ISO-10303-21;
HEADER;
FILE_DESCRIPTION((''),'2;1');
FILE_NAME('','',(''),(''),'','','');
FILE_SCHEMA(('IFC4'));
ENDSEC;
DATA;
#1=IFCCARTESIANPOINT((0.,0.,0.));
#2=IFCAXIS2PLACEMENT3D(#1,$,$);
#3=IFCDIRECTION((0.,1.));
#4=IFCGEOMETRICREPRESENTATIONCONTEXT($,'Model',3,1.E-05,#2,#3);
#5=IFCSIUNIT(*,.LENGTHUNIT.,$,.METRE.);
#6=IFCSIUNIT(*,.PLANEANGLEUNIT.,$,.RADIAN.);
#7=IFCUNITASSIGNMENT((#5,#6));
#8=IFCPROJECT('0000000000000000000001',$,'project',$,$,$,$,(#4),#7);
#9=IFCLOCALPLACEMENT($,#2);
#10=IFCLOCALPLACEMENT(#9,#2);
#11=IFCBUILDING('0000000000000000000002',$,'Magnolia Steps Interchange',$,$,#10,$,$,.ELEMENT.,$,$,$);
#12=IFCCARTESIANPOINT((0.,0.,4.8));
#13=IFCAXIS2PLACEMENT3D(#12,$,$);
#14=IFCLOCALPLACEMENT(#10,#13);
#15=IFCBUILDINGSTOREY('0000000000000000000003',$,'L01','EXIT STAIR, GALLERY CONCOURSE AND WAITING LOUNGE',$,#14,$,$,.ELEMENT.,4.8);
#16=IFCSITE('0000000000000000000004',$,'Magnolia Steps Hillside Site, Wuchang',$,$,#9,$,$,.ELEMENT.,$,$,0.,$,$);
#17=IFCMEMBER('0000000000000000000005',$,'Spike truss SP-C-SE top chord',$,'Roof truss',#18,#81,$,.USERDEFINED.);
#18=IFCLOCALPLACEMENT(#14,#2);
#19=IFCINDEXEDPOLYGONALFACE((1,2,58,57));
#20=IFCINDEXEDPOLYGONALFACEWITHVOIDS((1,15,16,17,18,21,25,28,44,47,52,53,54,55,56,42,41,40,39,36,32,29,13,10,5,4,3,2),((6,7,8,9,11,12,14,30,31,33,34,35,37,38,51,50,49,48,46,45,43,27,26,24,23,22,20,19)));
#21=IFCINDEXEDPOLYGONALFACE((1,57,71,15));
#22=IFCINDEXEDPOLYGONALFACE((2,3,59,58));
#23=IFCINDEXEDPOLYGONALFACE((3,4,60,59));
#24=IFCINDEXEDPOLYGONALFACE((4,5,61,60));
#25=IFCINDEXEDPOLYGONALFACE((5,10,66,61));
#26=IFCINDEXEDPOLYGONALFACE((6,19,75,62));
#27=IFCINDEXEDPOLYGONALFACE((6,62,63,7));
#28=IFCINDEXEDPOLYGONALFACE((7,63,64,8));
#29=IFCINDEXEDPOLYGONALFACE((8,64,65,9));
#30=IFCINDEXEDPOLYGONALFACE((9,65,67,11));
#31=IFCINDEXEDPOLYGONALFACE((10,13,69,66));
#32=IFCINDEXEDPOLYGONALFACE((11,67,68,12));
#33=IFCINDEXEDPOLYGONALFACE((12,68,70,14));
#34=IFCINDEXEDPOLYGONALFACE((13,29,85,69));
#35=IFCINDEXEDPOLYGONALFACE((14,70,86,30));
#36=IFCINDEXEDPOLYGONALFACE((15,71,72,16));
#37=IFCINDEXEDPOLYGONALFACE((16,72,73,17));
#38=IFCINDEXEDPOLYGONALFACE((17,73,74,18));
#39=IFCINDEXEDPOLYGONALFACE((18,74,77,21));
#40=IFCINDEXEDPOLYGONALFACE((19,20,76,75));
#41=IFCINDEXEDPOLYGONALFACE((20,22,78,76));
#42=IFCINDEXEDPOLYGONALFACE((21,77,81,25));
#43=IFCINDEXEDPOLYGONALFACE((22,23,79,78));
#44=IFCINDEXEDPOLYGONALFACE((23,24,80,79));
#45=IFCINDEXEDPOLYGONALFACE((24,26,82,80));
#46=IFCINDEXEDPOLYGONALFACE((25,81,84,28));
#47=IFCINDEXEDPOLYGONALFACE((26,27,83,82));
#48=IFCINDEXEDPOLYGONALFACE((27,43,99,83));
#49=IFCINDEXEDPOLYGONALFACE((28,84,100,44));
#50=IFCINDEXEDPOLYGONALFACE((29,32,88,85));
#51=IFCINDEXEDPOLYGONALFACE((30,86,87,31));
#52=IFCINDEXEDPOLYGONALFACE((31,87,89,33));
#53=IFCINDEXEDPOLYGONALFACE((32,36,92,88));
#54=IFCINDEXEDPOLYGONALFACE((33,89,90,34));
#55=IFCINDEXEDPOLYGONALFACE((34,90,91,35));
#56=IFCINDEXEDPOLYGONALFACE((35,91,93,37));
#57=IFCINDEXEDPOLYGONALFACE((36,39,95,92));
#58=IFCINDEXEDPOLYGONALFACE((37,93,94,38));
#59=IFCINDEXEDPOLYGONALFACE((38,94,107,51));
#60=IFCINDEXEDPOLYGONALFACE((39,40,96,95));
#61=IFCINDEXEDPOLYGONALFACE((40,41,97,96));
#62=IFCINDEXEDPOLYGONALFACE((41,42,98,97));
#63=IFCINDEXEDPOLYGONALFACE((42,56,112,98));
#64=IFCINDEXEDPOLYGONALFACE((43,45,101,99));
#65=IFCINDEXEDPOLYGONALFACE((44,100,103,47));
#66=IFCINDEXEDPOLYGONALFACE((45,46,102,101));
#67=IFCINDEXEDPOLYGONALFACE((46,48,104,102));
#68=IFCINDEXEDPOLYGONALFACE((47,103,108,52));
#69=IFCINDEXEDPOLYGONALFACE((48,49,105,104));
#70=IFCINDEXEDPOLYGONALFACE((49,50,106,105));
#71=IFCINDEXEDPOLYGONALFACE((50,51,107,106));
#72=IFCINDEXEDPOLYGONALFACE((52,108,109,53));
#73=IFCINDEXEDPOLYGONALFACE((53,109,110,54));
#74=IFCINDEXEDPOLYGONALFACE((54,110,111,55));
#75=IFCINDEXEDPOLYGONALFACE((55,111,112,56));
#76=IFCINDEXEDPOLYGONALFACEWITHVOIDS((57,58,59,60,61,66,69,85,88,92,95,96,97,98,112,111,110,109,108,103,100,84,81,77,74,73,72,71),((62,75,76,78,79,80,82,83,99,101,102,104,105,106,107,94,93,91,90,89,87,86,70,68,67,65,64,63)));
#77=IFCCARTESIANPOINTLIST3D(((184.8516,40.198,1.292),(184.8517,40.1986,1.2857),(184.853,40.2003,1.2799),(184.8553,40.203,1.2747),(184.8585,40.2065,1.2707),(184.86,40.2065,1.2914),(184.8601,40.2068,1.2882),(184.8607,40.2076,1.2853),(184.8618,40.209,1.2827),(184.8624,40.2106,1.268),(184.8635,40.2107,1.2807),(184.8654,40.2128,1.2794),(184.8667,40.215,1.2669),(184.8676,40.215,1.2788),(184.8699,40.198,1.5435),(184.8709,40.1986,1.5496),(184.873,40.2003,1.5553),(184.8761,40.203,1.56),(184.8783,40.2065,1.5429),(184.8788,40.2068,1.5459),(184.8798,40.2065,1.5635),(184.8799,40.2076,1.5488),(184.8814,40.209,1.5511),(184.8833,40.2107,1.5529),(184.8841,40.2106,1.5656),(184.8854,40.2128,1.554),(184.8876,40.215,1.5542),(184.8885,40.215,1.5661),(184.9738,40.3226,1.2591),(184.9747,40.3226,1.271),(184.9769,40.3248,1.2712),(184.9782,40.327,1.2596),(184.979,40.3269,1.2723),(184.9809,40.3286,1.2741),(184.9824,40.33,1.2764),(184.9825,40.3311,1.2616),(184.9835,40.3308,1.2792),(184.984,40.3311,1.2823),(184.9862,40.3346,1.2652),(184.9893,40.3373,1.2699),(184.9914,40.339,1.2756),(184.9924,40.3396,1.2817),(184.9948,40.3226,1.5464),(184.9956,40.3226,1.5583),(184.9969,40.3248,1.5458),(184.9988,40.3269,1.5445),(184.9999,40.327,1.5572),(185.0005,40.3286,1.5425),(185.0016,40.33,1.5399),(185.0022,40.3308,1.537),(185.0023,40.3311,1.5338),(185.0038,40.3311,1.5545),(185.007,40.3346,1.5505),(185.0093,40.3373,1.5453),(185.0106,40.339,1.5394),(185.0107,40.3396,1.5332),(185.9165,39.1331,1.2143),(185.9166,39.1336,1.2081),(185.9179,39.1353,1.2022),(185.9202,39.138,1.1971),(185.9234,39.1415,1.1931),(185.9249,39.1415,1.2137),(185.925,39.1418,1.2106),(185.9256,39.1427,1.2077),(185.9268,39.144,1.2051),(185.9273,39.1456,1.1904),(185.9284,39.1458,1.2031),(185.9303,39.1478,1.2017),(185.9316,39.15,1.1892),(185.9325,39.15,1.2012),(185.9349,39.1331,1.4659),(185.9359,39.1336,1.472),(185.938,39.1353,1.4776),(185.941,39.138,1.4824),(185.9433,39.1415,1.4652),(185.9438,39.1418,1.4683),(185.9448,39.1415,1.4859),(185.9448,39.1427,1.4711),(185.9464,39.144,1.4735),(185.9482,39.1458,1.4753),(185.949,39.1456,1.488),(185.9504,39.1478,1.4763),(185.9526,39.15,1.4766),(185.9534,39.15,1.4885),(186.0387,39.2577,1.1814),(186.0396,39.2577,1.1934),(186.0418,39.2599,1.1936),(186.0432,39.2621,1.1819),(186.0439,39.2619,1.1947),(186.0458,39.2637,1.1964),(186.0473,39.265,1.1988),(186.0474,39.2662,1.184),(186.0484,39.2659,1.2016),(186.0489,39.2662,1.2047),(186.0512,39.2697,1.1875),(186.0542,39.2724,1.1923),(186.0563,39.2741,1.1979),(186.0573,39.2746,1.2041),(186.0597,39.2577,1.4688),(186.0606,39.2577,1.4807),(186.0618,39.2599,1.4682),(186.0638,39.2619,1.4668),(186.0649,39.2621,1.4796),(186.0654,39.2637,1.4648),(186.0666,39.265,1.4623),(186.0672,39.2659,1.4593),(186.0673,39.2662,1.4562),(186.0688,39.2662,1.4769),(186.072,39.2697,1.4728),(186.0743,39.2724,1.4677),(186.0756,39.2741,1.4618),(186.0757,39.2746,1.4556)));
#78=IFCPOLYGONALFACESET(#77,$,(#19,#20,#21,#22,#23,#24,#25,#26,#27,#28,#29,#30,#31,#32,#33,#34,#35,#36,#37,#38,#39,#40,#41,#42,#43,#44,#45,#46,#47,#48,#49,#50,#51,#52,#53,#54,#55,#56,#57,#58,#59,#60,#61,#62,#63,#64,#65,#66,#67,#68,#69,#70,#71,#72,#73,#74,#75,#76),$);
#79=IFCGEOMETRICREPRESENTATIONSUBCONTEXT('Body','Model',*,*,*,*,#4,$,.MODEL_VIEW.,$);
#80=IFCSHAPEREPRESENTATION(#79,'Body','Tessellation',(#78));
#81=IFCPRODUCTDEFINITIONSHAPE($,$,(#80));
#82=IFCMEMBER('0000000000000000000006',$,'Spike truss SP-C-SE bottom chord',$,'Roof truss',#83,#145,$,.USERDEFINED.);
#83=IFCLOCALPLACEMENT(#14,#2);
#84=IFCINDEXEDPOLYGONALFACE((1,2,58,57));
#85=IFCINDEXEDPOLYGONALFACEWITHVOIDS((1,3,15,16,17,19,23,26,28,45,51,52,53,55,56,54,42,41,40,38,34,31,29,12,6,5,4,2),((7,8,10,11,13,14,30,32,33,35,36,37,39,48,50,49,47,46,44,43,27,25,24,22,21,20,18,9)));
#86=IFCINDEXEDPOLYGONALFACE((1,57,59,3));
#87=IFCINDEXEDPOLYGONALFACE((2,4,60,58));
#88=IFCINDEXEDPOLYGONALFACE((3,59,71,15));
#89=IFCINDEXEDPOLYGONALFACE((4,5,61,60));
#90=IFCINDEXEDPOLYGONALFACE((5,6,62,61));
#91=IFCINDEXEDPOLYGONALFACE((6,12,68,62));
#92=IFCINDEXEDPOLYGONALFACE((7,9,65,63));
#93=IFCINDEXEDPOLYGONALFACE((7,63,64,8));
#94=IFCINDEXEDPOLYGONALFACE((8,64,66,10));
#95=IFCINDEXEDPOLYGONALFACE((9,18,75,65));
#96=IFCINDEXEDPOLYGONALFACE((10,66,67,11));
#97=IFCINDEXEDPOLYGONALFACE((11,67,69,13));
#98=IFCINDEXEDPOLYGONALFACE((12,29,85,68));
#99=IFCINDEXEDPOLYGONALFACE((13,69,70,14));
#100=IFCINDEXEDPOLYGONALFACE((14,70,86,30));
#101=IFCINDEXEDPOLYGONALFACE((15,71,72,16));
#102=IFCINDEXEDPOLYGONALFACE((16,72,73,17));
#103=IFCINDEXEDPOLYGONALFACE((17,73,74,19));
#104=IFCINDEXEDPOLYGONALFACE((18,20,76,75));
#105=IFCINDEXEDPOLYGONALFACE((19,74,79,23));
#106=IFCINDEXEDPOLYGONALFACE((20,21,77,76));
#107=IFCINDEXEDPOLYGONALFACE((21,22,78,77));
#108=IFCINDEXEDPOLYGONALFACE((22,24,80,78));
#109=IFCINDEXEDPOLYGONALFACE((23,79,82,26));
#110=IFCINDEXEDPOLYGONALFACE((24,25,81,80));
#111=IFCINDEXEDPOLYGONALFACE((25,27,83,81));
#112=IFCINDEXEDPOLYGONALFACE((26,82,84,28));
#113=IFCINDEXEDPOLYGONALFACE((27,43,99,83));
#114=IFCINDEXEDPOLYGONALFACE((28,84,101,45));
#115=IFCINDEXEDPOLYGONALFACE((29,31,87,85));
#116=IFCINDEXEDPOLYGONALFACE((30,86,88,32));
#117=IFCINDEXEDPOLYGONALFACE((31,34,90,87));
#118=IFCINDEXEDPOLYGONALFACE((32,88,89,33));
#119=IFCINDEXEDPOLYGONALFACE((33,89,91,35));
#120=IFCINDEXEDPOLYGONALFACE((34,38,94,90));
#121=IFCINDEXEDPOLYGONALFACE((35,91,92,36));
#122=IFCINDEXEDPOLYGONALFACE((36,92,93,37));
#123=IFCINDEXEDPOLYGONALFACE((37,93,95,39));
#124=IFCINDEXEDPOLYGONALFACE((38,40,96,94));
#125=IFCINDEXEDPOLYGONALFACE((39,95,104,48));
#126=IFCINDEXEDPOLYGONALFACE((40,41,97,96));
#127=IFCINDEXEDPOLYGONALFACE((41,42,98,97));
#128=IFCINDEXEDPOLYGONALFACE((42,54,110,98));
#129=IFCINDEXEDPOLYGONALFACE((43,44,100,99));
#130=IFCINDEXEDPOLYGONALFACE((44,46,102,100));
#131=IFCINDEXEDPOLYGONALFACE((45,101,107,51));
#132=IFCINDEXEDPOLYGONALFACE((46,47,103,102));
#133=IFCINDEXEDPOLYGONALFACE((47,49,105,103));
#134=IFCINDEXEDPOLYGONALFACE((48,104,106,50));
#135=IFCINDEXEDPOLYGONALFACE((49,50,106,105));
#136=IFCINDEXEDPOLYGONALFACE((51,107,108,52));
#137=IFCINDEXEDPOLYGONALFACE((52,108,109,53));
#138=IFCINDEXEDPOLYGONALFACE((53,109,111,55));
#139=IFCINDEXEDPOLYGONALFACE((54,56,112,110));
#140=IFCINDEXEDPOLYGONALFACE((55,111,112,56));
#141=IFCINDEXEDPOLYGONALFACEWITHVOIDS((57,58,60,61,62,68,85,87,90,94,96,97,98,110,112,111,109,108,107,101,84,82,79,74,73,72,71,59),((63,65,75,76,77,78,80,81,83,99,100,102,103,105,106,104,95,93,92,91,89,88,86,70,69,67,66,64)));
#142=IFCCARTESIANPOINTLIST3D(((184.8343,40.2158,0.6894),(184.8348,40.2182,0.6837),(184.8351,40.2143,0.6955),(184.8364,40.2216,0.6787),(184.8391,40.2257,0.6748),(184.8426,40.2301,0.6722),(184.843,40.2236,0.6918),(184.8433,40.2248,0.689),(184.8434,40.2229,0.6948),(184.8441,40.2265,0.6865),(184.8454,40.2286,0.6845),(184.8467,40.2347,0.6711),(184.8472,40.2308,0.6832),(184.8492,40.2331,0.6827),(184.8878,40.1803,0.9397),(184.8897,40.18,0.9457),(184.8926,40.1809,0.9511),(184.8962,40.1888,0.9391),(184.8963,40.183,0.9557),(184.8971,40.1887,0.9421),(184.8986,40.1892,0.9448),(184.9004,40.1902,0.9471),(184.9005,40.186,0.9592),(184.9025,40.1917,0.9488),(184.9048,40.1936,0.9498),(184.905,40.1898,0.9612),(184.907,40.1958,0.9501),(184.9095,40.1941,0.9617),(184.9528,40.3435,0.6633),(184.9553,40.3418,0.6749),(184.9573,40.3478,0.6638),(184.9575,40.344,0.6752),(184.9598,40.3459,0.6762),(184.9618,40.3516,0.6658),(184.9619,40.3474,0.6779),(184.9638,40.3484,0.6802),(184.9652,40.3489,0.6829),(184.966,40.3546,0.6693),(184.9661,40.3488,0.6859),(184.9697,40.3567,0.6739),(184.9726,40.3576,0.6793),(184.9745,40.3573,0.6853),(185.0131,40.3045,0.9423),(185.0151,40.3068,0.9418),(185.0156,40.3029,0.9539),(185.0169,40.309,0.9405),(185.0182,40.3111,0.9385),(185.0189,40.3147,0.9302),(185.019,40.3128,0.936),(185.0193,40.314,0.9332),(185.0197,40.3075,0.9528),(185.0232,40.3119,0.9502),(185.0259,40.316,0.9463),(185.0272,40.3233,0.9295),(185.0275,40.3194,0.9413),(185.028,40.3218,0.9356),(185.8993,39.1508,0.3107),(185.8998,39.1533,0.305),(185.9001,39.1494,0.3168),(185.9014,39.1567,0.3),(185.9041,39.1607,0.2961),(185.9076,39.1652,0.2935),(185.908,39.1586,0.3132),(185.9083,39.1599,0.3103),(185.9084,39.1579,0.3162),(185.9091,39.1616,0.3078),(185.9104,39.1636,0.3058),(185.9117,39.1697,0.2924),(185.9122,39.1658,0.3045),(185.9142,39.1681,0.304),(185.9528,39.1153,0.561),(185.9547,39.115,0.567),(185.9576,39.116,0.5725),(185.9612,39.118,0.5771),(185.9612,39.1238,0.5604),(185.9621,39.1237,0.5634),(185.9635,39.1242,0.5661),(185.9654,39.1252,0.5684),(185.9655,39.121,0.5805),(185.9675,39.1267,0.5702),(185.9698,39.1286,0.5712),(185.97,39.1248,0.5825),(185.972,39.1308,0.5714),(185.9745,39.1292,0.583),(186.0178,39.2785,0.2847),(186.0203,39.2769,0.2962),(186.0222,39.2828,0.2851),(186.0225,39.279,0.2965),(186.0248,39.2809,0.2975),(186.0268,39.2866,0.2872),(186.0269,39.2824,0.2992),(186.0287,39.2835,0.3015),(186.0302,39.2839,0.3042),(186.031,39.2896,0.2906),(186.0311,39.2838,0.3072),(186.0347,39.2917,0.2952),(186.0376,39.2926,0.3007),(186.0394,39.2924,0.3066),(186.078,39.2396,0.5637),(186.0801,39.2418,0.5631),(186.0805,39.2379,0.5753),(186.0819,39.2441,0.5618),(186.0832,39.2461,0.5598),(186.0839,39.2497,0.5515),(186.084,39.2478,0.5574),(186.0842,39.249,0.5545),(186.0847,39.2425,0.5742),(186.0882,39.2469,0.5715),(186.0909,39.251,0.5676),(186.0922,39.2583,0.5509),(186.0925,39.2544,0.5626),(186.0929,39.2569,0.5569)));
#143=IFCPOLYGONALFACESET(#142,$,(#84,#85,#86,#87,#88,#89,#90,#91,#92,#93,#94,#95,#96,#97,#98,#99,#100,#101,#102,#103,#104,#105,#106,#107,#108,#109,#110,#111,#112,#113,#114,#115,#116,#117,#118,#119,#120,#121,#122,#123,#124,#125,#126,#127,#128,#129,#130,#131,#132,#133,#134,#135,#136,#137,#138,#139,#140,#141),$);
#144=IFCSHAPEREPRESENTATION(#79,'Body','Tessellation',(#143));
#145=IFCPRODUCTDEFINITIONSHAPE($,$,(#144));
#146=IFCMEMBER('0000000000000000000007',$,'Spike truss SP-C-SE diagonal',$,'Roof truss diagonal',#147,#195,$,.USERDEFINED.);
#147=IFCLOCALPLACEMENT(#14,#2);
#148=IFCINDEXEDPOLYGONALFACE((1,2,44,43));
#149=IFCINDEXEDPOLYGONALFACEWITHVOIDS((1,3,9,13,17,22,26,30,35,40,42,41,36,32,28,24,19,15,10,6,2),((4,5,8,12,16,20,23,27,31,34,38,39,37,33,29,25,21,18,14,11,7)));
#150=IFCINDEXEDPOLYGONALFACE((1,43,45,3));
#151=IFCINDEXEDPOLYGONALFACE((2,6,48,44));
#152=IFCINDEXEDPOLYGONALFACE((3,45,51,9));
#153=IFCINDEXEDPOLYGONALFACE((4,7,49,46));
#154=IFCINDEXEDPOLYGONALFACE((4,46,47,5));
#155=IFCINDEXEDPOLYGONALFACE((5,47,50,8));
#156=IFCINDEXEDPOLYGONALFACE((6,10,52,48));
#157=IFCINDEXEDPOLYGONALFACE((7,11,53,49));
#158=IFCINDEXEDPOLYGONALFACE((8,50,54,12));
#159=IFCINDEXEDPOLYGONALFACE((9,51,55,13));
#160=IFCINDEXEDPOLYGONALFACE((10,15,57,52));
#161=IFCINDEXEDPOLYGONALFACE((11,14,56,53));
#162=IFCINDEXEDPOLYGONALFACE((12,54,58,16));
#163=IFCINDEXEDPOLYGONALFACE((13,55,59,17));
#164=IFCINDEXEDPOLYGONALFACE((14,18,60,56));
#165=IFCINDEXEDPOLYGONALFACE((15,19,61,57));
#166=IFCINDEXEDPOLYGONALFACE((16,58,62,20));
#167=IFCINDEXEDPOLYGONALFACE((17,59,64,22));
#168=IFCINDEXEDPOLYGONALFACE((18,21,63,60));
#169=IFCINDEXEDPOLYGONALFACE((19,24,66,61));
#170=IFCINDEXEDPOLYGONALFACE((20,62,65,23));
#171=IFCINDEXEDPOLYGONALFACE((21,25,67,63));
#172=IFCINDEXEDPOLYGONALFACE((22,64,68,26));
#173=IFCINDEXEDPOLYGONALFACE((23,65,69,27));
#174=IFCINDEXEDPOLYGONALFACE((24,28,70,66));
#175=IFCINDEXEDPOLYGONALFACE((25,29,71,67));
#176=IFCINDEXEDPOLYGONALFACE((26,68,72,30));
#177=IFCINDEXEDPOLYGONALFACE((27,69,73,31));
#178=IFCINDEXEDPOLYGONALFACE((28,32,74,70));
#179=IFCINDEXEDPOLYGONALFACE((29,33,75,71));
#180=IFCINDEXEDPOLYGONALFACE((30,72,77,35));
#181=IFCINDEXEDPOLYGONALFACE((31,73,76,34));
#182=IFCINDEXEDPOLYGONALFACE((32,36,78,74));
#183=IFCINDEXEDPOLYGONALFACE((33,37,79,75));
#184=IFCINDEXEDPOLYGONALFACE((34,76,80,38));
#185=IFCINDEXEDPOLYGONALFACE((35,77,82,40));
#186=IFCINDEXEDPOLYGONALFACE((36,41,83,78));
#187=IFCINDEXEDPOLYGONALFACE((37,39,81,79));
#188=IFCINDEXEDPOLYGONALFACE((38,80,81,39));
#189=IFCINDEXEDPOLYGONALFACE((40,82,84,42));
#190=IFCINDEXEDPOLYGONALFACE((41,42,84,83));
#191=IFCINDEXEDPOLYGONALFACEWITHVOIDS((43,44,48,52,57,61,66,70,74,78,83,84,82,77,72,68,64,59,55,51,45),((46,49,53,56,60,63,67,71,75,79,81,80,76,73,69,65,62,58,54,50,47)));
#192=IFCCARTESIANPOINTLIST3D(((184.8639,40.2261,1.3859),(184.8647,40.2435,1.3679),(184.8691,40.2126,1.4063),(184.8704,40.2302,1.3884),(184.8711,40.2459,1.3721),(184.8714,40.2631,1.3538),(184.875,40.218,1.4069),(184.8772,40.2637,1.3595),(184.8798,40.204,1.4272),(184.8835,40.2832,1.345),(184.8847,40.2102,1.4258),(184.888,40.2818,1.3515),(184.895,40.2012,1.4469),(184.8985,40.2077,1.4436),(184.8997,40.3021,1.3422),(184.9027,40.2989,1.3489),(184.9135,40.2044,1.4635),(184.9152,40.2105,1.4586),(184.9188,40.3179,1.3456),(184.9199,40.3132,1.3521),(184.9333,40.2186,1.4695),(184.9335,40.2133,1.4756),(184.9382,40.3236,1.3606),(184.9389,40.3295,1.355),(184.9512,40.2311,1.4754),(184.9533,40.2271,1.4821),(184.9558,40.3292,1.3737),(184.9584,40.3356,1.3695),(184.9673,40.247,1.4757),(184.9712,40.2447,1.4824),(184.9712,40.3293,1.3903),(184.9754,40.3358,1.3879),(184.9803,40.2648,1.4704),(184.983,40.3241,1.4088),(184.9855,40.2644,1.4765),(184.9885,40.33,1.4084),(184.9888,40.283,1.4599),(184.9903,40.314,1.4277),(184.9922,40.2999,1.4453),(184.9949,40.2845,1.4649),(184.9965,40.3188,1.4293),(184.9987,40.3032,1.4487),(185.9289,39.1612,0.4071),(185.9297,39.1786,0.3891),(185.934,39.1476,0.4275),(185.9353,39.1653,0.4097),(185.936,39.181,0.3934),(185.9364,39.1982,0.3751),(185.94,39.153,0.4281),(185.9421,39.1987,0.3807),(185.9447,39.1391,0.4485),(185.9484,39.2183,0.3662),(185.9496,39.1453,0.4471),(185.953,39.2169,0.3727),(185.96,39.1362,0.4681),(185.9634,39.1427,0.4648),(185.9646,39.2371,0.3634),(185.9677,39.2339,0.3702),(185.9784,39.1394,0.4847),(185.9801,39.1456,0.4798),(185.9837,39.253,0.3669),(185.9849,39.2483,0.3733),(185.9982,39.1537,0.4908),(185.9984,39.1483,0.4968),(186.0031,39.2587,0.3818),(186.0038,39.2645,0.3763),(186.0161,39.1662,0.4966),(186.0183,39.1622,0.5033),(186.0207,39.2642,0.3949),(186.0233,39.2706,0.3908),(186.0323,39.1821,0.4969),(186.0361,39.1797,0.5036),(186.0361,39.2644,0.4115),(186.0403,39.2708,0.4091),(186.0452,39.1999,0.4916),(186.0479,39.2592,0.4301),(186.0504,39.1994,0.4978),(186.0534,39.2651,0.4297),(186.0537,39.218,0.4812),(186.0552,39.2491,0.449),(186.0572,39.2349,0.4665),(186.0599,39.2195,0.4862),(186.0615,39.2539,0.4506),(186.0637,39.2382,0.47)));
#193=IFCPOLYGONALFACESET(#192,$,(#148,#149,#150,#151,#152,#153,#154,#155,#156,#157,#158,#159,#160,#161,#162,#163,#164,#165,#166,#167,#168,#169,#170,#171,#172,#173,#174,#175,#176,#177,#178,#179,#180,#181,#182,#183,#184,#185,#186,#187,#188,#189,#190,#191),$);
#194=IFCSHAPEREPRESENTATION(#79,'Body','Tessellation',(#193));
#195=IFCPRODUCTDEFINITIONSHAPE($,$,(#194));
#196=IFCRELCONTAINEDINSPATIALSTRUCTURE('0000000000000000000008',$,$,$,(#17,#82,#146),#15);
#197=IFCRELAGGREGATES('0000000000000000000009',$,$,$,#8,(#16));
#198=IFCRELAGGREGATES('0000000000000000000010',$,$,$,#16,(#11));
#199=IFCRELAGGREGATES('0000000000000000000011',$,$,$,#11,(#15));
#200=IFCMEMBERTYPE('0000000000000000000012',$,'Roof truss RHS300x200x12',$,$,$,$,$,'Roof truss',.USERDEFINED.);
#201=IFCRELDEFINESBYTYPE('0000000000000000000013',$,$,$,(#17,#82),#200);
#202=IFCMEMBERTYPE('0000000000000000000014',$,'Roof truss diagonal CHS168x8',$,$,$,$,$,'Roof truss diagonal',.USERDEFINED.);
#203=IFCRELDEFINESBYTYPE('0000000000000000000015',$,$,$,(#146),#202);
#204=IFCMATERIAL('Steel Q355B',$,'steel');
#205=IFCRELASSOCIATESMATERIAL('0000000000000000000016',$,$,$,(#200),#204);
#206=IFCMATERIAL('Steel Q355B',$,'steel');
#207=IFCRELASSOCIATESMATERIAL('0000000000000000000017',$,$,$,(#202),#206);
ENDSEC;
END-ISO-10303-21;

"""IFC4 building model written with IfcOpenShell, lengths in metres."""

from ifc_helpers import new_model, si_unit, direction, frame, origin, origin_2d, place, context, subcontext, project, spatial, hollow_rectangle, hollow_circle, extrude, material, material_profile, profile_set, type_object, element, save


model = new_model("IFC4")

# Units and contexts
model_context = context("Model", 3, precision=1e-05, world=origin(), true_north=direction((0.0, 1.0)))
body_context = subcontext(model_context, "Body", "Model", "MODEL_VIEW")
ifc_project = project(units=[si_unit("LENGTHUNIT", "METRE"), si_unit("PLANEANGLEUNIT", "RADIAN")], contexts=[model_context])

# Site, building, storey
site_placement = place(None, origin())
site = spatial("IfcSite", under=ifc_project, at=site_placement, Name="Magnolia Steps Hillside Site, Wuchang", CompositionType="ELEMENT", RefElevation=0.0)
building_placement = place(site_placement, origin())
building = spatial("IfcBuilding", under=site, at=building_placement, Name="Magnolia Steps Interchange", CompositionType="ELEMENT")
storey_placement = place(building_placement, frame((0.0, 0.0, 4.8)))
storey = spatial("IfcBuildingStorey", under=building, at=storey_placement, Name="L01", Description="EXIT STAIR, GALLERY CONCOURSE AND WAITING LOUNGE", CompositionType="ELEMENT", Elevation=4.8)

# Members
ifc_material_1 = material(Name="Steel Q355B", Category="steel")
ifc_material_profile_1 = material_profile(ifc_material_1, hollow_rectangle(XDim=0.2, YDim=0.3, WallThickness=0.012, InnerFilletRadius=0.012, OuterFilletRadius=0.0239, at=origin_2d()), Name="RHS300x200x12")
ifc_profile_set_1 = profile_set([ifc_material_profile_1], Name="Steel Q355B")
member_type_1 = type_object("IfcMemberType", Name="Roof truss RHS300x200x12", ElementType="Roof truss", PredefinedType="USERDEFINED", material=ifc_profile_set_1)
member_1_placement = place(storey_placement, frame((184.9312, 40.2688, 1.4126), z_axis=(0.706169, -0.706169, -0.051481), x_axis=(0.704299, 0.708043, -0.051355)))
element("IfcMember", 1, at=member_1_placement, inside=storey, type_object=member_type_1, Name="Spike truss SP-C-SE top chord", ObjectType="Roof truss", PredefinedType="USERDEFINED", context=body_context, shape_type="SweptSolid", body=[
    extrude(hollow_rectangle(XDim=0.2, YDim=0.3, WallThickness=0.012, InnerFilletRadius=0.012, OuterFilletRadius=0.0239, at=origin_2d()), origin(), (0.0, 0.0, 1.0), 1.5081),
])
member_2_placement = place(storey_placement, frame((184.9312, 40.2688, 0.8125), z_axis=(0.685764, -0.685764, -0.243838), x_axis=(0.697098, 0.715172, -0.050832)))
element("IfcMember", 2, at=member_2_placement, inside=storey, type_object=member_type_1, Name="Spike truss SP-C-SE bottom chord", ObjectType="Roof truss", PredefinedType="USERDEFINED", context=body_context, shape_type="SweptSolid", body=[
    extrude(hollow_rectangle(XDim=0.2, YDim=0.3, WallThickness=0.012, InnerFilletRadius=0.012, OuterFilletRadius=0.0239, at=origin_2d()), origin(), (0.0, 0.0, 1.0), 1.553),
])
ifc_material_2 = material(Name="Steel Q355B", Category="steel")
ifc_material_profile_2 = material_profile(ifc_material_2, hollow_circle(Radius=0.084, WallThickness=0.0081, at=origin_2d()), Name="CHS168x8")
ifc_profile_set_2 = profile_set([ifc_material_profile_2], Name="Steel Q355B")
member_type_2 = type_object("IfcMemberType", Name="Roof truss diagonal CHS168x8", ElementType="Roof truss diagonal", PredefinedType="USERDEFINED", material=ifc_profile_set_2)
member_3_placement = place(storey_placement, frame((184.9312, 40.2688, 1.4126), z_axis=(0.592901, -0.592901, -0.54492), x_axis=(0.682973, 0.728744, -0.049802)))
element("IfcMember", 3, at=member_3_placement, inside=storey, type_object=member_type_2, Name="Spike truss SP-C-SE diagonal", ObjectType="Roof truss diagonal", PredefinedType="USERDEFINED", context=body_context, shape_type="SweptSolid", body=[
    extrude(hollow_circle(Radius=0.084, WallThickness=0.0081, at=origin_2d()), origin(), (0.0, 0.0, 1.0), 1.7961),
])

save(model, "model.ifc")
